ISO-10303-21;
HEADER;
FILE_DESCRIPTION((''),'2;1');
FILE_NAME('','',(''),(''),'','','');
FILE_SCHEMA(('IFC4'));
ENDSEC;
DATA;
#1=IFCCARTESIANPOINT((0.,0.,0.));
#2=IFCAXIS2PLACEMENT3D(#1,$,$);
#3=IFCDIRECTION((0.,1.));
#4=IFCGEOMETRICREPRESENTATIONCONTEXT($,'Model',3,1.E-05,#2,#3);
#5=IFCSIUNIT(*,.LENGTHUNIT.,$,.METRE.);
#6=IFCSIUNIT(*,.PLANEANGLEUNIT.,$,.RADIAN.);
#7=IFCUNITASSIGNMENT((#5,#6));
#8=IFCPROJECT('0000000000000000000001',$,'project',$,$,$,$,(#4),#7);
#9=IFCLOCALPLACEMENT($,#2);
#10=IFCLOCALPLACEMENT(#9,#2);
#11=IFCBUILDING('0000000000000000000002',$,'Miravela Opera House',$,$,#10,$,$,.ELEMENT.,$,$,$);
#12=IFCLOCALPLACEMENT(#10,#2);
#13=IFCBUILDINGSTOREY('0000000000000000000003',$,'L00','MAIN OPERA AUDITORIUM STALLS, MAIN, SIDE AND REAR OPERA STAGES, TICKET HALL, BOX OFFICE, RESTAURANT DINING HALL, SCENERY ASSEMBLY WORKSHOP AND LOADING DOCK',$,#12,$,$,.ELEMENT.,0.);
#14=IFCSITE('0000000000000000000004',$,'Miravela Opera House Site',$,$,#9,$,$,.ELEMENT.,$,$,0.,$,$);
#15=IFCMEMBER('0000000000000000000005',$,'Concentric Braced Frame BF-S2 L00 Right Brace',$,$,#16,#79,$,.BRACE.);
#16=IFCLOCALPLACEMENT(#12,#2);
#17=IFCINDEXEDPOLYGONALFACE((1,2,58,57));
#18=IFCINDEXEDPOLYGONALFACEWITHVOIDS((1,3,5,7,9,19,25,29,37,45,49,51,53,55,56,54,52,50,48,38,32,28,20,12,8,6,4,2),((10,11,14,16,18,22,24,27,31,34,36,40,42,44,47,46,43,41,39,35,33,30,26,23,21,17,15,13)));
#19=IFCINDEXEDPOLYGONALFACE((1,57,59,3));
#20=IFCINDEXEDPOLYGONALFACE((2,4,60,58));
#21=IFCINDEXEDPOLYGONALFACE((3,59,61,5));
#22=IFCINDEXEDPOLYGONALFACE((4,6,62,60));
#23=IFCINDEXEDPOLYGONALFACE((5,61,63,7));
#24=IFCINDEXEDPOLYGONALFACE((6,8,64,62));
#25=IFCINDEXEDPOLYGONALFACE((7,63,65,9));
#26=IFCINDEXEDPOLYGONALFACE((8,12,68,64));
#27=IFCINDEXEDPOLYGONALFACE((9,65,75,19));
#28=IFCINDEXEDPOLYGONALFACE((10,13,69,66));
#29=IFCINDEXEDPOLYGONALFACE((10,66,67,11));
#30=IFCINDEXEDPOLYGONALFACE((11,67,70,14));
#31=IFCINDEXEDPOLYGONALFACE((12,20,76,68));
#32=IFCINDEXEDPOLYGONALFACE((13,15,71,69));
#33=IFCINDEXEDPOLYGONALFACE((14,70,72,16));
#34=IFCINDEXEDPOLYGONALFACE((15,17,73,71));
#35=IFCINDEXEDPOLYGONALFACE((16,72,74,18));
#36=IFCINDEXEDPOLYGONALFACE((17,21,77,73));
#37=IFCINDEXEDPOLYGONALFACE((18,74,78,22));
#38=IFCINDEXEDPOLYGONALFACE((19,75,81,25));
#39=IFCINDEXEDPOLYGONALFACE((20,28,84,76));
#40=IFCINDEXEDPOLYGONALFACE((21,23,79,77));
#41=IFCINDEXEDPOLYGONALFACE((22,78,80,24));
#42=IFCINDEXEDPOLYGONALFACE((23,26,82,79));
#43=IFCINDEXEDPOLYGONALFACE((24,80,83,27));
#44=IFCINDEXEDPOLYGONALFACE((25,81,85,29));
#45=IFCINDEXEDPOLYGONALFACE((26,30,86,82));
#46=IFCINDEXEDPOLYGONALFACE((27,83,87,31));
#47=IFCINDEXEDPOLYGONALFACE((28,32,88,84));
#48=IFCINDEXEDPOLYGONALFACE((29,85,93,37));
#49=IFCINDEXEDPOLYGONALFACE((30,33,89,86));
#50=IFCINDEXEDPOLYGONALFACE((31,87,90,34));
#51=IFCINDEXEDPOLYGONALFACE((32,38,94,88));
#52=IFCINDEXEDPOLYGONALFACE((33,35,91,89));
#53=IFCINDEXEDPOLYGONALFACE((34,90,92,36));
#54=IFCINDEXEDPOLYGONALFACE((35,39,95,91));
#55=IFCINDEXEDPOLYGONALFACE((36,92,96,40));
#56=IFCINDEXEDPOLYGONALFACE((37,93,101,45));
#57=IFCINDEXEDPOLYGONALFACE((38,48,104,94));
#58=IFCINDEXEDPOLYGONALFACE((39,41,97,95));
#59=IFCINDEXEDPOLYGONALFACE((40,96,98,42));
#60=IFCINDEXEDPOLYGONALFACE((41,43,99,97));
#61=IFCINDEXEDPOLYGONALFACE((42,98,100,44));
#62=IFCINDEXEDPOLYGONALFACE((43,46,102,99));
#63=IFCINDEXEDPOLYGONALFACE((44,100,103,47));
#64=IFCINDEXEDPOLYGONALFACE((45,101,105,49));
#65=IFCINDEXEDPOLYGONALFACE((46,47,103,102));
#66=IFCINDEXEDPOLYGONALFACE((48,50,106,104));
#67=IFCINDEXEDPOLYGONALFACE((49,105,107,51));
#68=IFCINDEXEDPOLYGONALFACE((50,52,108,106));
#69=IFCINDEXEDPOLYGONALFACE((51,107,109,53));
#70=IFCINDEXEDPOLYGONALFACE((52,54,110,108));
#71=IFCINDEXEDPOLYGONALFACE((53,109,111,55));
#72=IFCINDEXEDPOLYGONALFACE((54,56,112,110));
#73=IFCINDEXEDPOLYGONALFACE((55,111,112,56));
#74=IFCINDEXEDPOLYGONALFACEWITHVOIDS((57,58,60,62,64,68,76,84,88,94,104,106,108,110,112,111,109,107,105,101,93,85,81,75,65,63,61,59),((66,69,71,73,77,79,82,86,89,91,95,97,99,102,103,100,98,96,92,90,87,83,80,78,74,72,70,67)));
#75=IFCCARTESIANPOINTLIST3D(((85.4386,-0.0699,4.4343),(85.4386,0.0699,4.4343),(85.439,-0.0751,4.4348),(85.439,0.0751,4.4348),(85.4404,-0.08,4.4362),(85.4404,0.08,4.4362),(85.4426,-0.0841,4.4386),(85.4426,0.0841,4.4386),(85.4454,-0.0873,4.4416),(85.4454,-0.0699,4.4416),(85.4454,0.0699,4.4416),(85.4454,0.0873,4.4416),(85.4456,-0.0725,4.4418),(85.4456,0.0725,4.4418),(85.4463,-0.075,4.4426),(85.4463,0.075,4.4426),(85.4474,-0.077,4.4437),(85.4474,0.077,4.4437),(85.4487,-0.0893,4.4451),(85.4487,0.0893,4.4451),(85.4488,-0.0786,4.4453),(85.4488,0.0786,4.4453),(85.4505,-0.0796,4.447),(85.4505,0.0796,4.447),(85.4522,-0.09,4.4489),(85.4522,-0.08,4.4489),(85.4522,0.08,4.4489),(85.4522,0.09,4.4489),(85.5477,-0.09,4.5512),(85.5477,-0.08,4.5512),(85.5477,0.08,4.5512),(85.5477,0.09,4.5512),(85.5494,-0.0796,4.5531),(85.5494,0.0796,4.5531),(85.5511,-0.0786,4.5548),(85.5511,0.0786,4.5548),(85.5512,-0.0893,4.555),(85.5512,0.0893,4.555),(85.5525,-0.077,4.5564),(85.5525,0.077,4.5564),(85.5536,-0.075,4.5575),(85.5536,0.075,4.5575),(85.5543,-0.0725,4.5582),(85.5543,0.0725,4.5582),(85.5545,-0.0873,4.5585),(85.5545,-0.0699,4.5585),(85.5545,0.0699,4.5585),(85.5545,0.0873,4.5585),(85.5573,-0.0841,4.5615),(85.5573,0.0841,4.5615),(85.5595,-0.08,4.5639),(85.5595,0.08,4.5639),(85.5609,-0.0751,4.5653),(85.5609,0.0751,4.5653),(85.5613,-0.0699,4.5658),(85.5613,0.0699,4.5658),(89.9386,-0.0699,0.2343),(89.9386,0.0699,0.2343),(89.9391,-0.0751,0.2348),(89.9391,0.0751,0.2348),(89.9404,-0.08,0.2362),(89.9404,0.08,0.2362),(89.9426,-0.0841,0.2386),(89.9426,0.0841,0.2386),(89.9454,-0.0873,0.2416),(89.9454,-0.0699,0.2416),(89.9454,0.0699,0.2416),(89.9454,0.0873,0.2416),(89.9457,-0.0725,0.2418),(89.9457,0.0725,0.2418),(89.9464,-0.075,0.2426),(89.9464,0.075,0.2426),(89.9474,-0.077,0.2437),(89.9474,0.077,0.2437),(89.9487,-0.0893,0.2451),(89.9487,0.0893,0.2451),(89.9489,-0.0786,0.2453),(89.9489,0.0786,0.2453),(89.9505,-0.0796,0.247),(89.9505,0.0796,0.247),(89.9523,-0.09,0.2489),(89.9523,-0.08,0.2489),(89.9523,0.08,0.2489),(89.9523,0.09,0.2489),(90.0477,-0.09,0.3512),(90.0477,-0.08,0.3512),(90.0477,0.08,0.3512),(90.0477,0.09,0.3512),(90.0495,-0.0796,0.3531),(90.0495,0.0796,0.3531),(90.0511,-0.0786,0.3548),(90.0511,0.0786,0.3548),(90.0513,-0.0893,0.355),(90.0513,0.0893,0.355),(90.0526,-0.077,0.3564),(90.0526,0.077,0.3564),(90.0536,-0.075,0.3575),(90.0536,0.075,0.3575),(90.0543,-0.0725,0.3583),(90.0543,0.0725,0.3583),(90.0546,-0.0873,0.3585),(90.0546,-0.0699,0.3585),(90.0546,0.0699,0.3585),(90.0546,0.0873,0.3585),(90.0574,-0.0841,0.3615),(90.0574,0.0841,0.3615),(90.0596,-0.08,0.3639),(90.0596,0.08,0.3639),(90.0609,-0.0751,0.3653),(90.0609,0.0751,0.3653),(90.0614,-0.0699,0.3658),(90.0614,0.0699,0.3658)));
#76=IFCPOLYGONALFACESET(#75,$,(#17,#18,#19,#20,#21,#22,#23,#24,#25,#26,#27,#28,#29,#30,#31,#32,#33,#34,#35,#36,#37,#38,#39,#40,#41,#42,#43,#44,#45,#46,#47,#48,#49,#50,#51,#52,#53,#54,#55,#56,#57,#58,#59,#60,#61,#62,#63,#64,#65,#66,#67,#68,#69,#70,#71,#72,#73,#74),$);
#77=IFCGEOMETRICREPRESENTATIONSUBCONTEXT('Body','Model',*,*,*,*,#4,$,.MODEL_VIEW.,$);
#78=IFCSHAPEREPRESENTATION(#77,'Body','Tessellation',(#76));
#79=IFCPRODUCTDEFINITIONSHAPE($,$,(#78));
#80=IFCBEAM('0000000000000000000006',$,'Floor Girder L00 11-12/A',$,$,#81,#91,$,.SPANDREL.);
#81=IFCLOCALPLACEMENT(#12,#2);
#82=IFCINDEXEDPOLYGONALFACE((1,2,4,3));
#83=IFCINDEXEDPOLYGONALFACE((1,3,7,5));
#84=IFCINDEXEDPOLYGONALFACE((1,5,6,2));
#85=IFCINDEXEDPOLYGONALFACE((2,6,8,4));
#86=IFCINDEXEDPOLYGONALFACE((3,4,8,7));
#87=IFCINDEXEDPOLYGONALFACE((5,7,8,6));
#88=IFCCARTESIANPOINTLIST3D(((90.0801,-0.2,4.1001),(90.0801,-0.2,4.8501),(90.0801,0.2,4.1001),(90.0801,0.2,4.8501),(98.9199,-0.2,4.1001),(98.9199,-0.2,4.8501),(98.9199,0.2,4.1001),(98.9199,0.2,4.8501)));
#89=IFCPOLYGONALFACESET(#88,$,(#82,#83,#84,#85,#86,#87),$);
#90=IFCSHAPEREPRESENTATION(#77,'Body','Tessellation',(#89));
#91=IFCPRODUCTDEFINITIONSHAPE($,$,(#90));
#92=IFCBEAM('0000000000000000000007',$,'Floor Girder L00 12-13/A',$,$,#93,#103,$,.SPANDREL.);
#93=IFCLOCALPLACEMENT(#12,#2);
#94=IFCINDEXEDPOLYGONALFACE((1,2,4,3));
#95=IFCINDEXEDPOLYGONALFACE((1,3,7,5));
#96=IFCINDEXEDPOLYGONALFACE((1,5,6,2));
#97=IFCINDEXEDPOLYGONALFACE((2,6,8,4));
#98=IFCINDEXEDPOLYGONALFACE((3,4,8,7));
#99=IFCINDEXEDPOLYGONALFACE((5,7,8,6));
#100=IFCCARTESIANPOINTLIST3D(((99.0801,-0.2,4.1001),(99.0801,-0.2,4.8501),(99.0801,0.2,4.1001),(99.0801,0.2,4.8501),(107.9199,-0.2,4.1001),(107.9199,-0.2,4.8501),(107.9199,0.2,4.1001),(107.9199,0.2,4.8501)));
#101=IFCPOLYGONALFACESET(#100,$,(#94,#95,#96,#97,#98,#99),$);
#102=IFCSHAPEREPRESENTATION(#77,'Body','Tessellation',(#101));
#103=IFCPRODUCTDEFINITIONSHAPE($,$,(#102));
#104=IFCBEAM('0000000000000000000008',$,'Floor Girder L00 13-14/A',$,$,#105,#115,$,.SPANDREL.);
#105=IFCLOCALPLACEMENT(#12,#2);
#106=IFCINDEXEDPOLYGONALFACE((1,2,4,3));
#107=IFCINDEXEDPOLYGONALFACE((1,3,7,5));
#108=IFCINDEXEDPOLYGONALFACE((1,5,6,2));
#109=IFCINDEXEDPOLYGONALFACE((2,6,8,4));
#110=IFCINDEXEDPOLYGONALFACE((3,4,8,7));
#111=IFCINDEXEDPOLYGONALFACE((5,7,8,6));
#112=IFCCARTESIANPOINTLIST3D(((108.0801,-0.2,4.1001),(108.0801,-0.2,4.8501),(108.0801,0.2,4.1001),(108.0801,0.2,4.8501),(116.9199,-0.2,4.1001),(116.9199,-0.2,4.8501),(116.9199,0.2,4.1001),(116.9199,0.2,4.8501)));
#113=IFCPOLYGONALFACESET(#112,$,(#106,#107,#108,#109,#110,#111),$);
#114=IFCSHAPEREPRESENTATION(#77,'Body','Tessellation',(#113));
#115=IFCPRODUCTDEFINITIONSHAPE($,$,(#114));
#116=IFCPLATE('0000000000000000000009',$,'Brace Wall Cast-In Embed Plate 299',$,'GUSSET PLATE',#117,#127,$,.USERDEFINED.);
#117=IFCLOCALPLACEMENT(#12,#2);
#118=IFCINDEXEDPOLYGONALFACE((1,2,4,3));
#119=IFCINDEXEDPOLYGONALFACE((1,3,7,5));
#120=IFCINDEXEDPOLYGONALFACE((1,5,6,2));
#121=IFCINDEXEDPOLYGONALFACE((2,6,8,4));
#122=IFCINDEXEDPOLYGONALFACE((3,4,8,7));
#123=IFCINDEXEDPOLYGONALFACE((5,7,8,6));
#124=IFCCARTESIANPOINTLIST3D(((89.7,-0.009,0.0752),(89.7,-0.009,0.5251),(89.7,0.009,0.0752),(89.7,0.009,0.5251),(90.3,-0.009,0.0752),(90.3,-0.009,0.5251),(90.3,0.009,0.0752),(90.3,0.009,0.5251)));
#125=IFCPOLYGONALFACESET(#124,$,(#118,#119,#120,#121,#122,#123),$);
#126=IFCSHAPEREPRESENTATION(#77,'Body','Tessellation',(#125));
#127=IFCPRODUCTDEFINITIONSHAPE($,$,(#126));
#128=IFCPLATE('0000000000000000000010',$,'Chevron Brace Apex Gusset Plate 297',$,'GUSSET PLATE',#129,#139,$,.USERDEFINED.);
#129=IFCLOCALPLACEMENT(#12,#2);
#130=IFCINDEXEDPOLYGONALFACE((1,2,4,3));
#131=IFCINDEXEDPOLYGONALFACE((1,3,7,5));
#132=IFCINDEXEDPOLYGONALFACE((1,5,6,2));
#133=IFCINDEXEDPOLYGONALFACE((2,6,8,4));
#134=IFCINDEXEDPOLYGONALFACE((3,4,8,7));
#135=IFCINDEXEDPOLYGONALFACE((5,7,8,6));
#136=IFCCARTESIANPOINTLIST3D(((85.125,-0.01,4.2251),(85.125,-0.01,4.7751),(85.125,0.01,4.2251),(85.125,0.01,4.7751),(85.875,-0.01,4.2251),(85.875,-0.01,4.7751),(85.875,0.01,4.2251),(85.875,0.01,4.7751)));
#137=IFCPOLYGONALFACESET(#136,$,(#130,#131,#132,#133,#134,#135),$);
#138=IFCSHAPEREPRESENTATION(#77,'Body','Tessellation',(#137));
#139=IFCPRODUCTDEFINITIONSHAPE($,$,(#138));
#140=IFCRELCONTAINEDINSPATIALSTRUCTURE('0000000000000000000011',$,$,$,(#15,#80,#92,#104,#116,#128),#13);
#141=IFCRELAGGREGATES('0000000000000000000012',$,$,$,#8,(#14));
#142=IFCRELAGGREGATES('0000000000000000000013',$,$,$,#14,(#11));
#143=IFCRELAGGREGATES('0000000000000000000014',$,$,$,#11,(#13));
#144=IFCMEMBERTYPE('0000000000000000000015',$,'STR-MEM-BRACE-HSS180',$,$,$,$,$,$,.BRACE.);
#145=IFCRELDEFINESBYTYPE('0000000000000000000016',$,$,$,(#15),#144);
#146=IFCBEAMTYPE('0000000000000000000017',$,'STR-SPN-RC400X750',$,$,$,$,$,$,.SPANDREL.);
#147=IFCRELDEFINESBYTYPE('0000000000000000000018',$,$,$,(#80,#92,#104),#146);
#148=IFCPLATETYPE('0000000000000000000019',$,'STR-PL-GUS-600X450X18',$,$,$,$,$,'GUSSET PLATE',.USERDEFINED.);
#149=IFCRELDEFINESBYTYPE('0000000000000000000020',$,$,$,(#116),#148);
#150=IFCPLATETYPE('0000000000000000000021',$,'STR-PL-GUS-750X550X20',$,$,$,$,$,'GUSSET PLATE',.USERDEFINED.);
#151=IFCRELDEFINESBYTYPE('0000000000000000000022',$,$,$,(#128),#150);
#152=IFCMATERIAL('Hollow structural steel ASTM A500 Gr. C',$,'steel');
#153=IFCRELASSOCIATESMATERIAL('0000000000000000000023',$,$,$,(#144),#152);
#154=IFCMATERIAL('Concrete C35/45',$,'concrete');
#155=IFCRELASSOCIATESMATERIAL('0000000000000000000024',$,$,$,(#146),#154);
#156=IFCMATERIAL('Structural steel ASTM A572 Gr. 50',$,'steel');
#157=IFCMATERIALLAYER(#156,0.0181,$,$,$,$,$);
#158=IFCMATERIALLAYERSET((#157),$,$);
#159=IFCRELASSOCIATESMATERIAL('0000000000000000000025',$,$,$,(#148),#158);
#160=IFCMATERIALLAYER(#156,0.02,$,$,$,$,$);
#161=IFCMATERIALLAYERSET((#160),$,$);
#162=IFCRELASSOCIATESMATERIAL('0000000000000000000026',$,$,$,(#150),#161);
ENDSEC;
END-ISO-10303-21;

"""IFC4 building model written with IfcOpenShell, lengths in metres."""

from ifc_helpers import new_model, si_unit, direction, frame, origin, origin_2d, place, context, subcontext, project, spatial, rectangle, hollow_rectangle, extrude, material, layer, layer_set, material_profile, profile_set, type_object, element, save


model = new_model("IFC4")

# Units and contexts
model_context = context("Model", 3, precision=1e-05, world=origin(), true_north=direction((0.0, 1.0)))
body_context = subcontext(model_context, "Body", "Model", "MODEL_VIEW")
ifc_project = project(units=[si_unit("LENGTHUNIT", "METRE"), si_unit("PLANEANGLEUNIT", "RADIAN")], contexts=[model_context])

# Site, building, storey
site_placement = place(None, origin())
site = spatial("IfcSite", under=ifc_project, at=site_placement, Name="Miravela Opera House Site", CompositionType="ELEMENT", RefElevation=0.0)
building_placement = place(site_placement, origin())
building = spatial("IfcBuilding", under=site, at=building_placement, Name="Miravela Opera House", CompositionType="ELEMENT")
storey_placement = place(building_placement, origin())
storey = spatial("IfcBuildingStorey", under=building, at=storey_placement, Name="L00", Description="MAIN OPERA AUDITORIUM STALLS, MAIN, SIDE AND REAR OPERA STAGES, TICKET HALL, BOX OFFICE, RESTAURANT DINING HALL, SCENERY ASSEMBLY WORKSHOP AND LOADING DOCK", CompositionType="ELEMENT", Elevation=0.0)

# Shared definitions
ifc_material_1 = material(Name="Concrete C35/45", Category="concrete")

# Member
ifc_material_2 = material(Name="Hollow structural steel ASTM A500 Gr. C", Category="steel")
ifc_material_profile_1 = material_profile(ifc_material_2, hollow_rectangle(XDim=0.1799, YDim=0.1799, WallThickness=0.01, InnerFilletRadius=0.01, OuterFilletRadius=0.02, at=origin_2d()), Name="HSS180X180X10")
ifc_profile_set_1 = profile_set([ifc_material_profile_1])
member_type = type_object("IfcMemberType", Name="STR-MEM-BRACE-HSS180", PredefinedType="BRACE", material=ifc_profile_set_1)
member_placement = place(storey_placement, frame((90.0, 0.0, 0.3), z_axis=(-0.731059, 0.0, 0.682314), x_axis=(0.0, -1.0, 0.0)))
element("IfcMember", 1, at=member_placement, inside=storey, type_object=member_type, Name="Concentric Braced Frame BF-S2 L00 Right Brace", PredefinedType="BRACE", context=body_context, shape_type="SweptSolid", body=[
    extrude(hollow_rectangle(XDim=0.1799, YDim=0.1799, WallThickness=0.01, InnerFilletRadius=0.01, OuterFilletRadius=0.02, at=origin_2d()), origin(), (0.0, 0.0, 1.0), 6.1555),
])

# Beams
ifc_material_profile_2 = material_profile(ifc_material_1, rectangle(XDim=0.3999, YDim=0.75, at=origin_2d()), Name="RC-SPN-400X750")
ifc_profile_set_2 = profile_set([ifc_material_profile_2])
beam_type_1 = type_object("IfcBeamType", Name="STR-SPN-RC400X750", PredefinedType="SPANDREL", material=ifc_profile_set_2)
for number, where, z_axis, x_axis, name in (
    (2, (90.0801, 0.0, 4.4751), (1.0, 0.0, 0.0), (0.0, 1.0, 0.0), "Floor Girder L00 11-12/A"),
    (3, (99.0801, 0.0, 4.4751), (1.0, 0.0, 0.0), (0.0, 1.0, 0.0), "Floor Girder L00 12-13/A"),
    (4, (108.0801, 0.0, 4.4751), (1.0, 0.0, 0.0), (0.0, 1.0, 0.0), "Floor Girder L00 13-14/A"),
):
    element("IfcBeam", number, at=place(storey_placement, frame(where, z_axis=z_axis, x_axis=x_axis)), inside=storey, type_object=beam_type_1, Name=name, PredefinedType="SPANDREL", context=body_context, shape_type="SweptSolid", body=[
        extrude(rectangle(XDim=0.3999, YDim=0.75, at=origin_2d()), origin(), (0.0, 0.0, 1.0), 8.8398),
    ])

# Plates
ifc_material_3 = material(Name="Structural steel ASTM A572 Gr. 50", Category="steel")
ifc_layer_1 = layer(ifc_material_3, 0.0181)
ifc_layer_set_1 = layer_set([ifc_layer_1])
plate_type_1 = type_object("IfcPlateType", Name="STR-PL-GUS-600X450X18", ElementType="GUSSET PLATE", PredefinedType="USERDEFINED", material=ifc_layer_set_1)
plate_1_placement = place(storey_placement, frame((90.0, 0.0, 0.0752), z_axis=(0.0, 0.0, 1.0), x_axis=(1.0, 0.0, 0.0)))
element("IfcPlate", 5, at=plate_1_placement, inside=storey, type_object=plate_type_1, Name="Brace Wall Cast-In Embed Plate 299", ObjectType="GUSSET PLATE", PredefinedType="USERDEFINED", context=body_context, shape_type="SweptSolid", body=[
    extrude(rectangle(XDim=0.6001, YDim=0.0181, at=origin_2d()), origin(), (0.0, 0.0, 1.0), 0.45),
])
ifc_layer_2 = layer(ifc_material_3, 0.02)
ifc_layer_set_2 = layer_set([ifc_layer_2])
plate_type_2 = type_object("IfcPlateType", Name="STR-PL-GUS-750X550X20", ElementType="GUSSET PLATE", PredefinedType="USERDEFINED", material=ifc_layer_set_2)
plate_2_placement = place(storey_placement, frame((85.5, 0.0, 4.2251), z_axis=(0.0, 0.0, 1.0), x_axis=(1.0, 0.0, 0.0)))
element("IfcPlate", 6, at=plate_2_placement, inside=storey, type_object=plate_type_2, Name="Chevron Brace Apex Gusset Plate 297", ObjectType="GUSSET PLATE", PredefinedType="USERDEFINED", context=body_context, shape_type="SweptSolid", body=[
    extrude(rectangle(XDim=0.75, YDim=0.02, at=origin_2d()), origin(), (0.0, 0.0, 1.0), 0.55),
])

save(model, "model.ifc")
